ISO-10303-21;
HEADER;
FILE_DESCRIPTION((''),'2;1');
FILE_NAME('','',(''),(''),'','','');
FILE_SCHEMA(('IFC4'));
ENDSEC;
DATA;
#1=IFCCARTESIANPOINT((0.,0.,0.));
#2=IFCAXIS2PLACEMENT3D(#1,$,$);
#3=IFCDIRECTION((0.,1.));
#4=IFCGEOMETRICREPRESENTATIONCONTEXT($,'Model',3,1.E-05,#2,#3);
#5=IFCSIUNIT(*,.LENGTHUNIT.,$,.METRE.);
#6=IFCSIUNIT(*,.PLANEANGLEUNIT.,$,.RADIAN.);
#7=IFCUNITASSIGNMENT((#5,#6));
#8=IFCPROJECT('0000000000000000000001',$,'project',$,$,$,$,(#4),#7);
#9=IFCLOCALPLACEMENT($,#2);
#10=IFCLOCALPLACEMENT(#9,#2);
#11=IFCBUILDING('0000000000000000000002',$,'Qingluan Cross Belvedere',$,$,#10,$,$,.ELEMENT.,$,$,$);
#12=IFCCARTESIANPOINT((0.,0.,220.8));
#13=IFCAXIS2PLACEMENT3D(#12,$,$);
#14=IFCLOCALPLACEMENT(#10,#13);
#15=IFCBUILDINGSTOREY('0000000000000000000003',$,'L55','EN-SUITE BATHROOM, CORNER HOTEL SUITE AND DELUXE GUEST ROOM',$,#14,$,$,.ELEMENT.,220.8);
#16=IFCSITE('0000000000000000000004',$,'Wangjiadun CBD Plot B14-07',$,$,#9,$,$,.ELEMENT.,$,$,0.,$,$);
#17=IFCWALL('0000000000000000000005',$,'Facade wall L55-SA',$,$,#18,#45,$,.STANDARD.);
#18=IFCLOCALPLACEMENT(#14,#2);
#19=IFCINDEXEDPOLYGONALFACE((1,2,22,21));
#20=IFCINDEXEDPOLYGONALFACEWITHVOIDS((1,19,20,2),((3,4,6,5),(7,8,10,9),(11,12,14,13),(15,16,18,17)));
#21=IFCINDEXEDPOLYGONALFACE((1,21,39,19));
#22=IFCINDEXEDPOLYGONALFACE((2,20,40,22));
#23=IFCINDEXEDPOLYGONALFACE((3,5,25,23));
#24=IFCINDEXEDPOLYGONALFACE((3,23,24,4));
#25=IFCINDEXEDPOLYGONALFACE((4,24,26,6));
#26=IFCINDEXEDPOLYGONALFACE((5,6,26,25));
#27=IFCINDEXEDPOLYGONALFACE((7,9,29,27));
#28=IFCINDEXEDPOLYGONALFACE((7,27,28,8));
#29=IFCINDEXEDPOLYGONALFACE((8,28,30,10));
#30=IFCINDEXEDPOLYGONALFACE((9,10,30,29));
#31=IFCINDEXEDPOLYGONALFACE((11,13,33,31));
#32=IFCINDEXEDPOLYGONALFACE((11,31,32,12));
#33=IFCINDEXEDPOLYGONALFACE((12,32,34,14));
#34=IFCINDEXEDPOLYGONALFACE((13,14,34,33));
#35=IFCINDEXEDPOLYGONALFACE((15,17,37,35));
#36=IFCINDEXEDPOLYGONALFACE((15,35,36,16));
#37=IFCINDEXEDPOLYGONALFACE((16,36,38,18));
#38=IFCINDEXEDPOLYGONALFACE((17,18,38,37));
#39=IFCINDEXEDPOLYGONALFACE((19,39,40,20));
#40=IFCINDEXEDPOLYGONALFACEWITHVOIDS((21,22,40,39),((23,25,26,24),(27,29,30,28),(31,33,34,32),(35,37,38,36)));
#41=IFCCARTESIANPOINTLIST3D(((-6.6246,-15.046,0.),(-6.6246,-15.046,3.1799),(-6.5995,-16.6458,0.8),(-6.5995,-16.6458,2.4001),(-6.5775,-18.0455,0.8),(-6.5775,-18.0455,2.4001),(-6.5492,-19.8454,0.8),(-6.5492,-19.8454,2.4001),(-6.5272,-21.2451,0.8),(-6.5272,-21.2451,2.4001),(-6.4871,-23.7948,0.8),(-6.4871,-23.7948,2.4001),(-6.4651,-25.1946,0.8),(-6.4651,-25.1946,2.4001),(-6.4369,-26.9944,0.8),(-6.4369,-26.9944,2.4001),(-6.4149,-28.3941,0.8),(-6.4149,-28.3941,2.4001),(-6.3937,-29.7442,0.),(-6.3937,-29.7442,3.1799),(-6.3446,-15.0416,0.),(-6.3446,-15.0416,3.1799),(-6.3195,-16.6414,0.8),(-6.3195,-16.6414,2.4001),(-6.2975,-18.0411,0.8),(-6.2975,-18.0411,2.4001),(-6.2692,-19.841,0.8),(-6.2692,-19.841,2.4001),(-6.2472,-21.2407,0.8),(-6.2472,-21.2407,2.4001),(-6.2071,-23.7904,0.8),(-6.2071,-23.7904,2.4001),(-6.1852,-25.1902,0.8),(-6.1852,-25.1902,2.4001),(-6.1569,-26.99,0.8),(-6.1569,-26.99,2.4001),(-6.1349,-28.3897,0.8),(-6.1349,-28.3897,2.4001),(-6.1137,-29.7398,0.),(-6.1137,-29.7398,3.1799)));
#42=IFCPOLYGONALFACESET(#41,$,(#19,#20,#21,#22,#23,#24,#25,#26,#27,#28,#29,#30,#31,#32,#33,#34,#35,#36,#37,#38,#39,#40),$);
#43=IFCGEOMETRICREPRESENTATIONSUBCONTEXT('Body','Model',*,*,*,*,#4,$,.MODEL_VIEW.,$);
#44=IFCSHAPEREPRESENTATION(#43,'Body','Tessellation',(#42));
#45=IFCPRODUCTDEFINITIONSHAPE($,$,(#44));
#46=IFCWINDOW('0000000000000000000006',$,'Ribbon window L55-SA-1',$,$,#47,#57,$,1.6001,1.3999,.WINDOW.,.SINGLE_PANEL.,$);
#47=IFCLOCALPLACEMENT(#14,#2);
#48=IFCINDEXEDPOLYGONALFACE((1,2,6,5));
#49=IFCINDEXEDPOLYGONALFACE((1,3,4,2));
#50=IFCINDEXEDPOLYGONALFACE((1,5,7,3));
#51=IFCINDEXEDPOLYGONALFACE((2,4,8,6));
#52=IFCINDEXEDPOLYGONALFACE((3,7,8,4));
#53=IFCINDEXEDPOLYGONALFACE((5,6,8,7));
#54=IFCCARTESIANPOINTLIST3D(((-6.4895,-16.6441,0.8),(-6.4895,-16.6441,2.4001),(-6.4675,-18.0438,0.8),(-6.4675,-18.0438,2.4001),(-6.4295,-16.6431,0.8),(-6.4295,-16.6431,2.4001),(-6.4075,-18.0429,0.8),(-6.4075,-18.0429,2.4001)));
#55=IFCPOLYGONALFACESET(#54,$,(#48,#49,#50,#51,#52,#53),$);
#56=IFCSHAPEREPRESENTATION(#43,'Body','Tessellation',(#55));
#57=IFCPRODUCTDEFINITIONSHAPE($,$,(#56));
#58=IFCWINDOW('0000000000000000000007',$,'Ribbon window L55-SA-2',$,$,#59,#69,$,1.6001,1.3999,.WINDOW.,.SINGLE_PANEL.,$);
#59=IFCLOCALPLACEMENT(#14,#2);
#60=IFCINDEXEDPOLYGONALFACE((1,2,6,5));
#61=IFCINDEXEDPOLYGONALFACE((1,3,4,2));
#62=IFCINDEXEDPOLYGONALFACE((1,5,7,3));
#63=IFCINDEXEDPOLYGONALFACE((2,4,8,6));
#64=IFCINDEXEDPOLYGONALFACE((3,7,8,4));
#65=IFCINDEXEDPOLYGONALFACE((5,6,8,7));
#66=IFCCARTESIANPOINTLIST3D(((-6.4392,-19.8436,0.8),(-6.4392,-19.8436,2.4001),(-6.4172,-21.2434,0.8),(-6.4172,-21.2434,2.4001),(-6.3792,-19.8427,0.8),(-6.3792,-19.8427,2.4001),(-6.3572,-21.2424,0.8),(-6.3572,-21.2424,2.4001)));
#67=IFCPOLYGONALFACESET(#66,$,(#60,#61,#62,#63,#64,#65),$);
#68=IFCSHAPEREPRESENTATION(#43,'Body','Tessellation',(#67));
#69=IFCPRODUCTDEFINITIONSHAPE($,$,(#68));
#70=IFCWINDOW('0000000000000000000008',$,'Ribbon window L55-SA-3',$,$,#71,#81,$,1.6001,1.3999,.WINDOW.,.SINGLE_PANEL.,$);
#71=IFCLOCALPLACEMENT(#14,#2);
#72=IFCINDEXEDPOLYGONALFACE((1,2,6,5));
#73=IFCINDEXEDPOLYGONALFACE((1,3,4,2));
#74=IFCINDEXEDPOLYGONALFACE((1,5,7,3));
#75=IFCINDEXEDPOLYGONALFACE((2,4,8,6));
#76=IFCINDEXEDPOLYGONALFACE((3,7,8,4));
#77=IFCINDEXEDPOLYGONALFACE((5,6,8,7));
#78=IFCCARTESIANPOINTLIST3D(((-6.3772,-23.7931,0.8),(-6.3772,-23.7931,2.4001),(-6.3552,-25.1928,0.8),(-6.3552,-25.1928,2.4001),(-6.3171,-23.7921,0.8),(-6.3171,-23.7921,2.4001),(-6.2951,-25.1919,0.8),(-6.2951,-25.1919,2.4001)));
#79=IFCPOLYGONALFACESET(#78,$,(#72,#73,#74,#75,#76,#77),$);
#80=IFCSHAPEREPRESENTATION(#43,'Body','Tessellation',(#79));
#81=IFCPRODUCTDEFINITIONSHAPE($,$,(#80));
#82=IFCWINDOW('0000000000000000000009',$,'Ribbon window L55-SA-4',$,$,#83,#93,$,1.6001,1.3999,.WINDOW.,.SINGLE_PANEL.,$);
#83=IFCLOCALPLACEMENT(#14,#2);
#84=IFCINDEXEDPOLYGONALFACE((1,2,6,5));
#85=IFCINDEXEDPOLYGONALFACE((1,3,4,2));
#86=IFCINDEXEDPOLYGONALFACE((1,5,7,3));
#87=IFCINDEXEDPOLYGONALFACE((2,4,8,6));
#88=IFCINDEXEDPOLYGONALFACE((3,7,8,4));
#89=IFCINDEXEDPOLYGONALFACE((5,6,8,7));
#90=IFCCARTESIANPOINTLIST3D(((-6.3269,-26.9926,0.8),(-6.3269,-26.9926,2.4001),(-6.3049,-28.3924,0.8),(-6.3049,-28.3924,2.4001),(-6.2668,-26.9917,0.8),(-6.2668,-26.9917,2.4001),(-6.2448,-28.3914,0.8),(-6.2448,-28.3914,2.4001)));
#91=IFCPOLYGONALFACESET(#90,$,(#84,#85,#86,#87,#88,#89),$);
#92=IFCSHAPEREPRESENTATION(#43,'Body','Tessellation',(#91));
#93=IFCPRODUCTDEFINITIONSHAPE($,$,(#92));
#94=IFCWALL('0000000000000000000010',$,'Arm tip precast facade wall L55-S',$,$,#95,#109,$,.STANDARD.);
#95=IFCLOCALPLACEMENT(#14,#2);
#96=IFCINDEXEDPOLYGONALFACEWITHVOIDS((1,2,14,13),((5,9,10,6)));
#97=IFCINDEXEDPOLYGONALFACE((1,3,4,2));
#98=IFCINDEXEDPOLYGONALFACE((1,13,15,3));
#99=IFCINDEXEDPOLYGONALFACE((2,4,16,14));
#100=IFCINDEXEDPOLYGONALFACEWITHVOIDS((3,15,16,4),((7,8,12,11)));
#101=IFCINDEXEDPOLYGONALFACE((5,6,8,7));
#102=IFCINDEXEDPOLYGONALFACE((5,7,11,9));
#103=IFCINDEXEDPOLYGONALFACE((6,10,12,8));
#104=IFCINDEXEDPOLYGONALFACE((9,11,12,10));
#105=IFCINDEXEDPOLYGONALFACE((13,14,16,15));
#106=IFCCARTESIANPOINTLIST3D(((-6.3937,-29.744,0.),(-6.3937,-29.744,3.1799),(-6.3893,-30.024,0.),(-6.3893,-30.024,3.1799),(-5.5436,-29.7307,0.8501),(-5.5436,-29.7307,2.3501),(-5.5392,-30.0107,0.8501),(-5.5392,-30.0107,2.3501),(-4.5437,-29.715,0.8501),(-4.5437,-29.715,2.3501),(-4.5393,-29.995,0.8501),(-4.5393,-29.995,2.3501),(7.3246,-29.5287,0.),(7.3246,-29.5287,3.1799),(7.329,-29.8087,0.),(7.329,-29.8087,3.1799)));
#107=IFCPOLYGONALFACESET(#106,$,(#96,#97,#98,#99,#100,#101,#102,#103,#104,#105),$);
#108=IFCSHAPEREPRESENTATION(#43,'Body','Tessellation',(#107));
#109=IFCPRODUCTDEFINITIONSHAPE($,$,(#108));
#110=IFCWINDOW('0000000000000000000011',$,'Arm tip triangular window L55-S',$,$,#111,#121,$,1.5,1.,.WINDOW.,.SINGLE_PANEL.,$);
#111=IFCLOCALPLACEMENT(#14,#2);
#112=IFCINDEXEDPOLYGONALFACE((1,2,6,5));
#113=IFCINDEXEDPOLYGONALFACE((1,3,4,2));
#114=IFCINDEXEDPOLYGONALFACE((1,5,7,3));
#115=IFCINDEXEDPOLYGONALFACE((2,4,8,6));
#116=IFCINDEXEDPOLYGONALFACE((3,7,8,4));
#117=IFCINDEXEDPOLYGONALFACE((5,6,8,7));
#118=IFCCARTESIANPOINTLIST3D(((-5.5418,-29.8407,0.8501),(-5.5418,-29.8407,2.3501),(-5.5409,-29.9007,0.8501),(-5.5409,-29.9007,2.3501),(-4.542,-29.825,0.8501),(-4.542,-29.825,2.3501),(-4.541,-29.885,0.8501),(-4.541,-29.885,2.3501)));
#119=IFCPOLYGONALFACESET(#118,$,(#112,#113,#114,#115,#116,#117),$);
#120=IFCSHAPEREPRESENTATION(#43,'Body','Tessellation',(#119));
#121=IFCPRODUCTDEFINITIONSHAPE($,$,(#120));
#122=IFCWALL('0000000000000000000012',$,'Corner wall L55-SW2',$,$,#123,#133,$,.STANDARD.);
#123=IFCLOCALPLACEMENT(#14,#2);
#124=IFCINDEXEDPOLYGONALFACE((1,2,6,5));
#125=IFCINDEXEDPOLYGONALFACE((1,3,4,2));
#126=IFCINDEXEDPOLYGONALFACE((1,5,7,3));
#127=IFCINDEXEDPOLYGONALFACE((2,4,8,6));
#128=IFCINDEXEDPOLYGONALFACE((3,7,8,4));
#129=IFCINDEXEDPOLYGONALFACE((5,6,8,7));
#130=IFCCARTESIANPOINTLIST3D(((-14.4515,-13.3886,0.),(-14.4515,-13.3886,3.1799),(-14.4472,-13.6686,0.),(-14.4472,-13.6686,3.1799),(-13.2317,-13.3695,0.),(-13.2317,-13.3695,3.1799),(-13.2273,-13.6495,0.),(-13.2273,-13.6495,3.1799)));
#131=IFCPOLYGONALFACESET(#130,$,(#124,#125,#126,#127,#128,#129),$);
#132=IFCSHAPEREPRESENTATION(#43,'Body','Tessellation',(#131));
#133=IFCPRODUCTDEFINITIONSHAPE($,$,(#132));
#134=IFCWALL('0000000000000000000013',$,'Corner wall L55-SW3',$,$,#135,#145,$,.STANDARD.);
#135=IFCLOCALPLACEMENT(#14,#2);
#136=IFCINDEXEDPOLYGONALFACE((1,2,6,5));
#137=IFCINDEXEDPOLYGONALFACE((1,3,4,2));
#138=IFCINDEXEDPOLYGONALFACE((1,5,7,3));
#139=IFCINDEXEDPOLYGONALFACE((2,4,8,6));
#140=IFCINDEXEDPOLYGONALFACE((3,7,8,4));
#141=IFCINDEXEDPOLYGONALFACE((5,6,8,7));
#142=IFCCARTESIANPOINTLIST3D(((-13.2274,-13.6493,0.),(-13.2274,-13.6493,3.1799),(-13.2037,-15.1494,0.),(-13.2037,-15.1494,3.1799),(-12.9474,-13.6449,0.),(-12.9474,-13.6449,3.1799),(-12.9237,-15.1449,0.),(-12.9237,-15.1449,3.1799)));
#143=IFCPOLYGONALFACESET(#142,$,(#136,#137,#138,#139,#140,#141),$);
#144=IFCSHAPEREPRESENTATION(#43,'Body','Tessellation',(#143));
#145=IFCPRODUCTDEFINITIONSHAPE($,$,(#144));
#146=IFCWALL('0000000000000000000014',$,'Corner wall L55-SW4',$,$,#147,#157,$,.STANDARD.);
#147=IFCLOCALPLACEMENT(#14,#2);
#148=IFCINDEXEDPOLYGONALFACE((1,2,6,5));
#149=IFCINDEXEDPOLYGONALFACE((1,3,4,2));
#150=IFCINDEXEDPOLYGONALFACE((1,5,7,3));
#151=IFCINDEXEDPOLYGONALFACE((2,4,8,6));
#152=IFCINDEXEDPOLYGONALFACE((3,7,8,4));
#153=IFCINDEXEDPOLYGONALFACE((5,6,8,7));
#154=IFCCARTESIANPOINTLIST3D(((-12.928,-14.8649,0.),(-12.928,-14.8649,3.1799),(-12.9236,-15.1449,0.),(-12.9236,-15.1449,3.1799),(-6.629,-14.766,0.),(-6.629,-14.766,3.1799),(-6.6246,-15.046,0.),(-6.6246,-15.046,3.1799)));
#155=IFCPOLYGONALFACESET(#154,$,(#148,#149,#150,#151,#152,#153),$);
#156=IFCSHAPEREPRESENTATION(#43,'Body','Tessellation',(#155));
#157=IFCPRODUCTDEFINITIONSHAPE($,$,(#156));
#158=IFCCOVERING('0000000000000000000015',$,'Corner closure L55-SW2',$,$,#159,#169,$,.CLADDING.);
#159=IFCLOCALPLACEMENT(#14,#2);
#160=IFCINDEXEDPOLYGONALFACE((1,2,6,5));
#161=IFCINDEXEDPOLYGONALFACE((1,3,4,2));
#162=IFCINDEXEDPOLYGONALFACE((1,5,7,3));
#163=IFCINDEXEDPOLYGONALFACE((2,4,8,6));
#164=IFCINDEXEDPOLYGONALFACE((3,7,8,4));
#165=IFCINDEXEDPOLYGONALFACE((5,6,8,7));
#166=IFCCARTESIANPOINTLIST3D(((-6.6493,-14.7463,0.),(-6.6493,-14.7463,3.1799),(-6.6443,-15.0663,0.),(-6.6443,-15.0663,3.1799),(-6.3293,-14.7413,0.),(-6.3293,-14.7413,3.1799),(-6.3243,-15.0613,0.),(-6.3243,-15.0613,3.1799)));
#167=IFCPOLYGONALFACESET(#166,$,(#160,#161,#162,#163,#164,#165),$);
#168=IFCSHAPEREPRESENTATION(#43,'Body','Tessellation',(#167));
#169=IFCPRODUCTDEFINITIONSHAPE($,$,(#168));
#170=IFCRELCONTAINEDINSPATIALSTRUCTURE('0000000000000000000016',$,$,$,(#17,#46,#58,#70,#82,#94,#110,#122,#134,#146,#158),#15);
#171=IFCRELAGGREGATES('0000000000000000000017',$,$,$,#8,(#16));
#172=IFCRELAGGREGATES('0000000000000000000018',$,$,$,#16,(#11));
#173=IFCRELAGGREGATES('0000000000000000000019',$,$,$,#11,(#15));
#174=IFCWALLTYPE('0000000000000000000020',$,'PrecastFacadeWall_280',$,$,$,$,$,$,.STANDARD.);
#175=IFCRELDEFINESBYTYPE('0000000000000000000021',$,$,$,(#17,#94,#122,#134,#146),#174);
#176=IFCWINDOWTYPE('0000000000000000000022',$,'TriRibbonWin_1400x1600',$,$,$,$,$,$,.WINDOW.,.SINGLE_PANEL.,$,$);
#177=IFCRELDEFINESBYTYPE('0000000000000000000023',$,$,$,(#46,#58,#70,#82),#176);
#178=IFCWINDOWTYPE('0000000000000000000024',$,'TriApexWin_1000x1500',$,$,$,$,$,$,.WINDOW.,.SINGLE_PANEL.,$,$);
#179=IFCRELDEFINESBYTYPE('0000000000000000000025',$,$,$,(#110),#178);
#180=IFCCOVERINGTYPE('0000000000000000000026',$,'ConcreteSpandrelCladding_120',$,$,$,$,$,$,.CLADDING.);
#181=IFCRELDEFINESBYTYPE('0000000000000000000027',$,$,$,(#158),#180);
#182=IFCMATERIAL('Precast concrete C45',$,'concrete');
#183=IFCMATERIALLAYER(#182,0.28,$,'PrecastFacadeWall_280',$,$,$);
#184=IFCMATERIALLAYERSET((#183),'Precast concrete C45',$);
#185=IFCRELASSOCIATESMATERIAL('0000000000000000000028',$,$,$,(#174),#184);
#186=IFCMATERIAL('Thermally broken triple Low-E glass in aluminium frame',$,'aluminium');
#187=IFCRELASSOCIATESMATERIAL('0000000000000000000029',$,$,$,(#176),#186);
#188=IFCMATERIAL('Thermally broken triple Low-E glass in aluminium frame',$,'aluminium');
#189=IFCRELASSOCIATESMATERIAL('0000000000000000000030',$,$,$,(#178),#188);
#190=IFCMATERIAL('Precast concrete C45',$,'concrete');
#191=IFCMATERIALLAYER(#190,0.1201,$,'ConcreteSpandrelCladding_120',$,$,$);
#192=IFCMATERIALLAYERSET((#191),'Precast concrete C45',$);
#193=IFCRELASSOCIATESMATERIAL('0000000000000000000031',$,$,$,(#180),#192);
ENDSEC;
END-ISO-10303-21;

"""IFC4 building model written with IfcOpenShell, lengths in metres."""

from ifc_helpers import new_model, si_unit, direction, frame, frame_2d, origin, origin_2d, place, context, subcontext, project, spatial, rectangle, extrude, material, layer, layer_set, type_object, element, fill, save


model = new_model("IFC4")

# Units and contexts
model_context = context("Model", 3, precision=1e-05, world=origin(), true_north=direction((0.0, 1.0)))
body_context = subcontext(model_context, "Body", "Model", "MODEL_VIEW")
ifc_project = project(units=[si_unit("LENGTHUNIT", "METRE"), si_unit("PLANEANGLEUNIT", "RADIAN")], contexts=[model_context])

# Site, building, storey
site_placement = place(None, origin())
site = spatial("IfcSite", under=ifc_project, at=site_placement, Name="Wangjiadun CBD Plot B14-07", CompositionType="ELEMENT", RefElevation=0.0)
building_placement = place(site_placement, origin())
building = spatial("IfcBuilding", under=site, at=building_placement, Name="Qingluan Cross Belvedere", CompositionType="ELEMENT")
storey_placement = place(building_placement, frame((0.0, 0.0, 220.8)))
storey = spatial("IfcBuildingStorey", under=building, at=storey_placement, Name="L55", Description="EN-SUITE BATHROOM, CORNER HOTEL SUITE AND DELUXE GUEST ROOM", CompositionType="ELEMENT", Elevation=220.8)

# Wall, openings, windows
ifc_material_1 = material(Name="Precast concrete C45", Category="concrete")
ifc_layer_1 = layer(ifc_material_1, 0.28, Name="PrecastFacadeWall_280")
ifc_layer_set_1 = layer_set([ifc_layer_1], Name="Precast concrete C45")
wall_type_1 = type_object("IfcWallType", Name="PrecastFacadeWall_280", PredefinedType="STANDARD", material=ifc_layer_set_1)
wall_1_placement = place(storey_placement, frame((-6.4846, -15.0437, 0.0), z_axis=(0.0, 0.0, 1.0), x_axis=(0.015711, -0.999877, 0.0)))
wall_1 = element("IfcWall", 1, at=wall_1_placement, inside=storey, type_object=wall_type_1, Name="Facade wall L55-SA", PredefinedType="STANDARD", context=body_context, shape_type="SweptSolid", body=[
    extrude(rectangle(XDim=14.7, YDim=0.28, at=frame_2d((7.3501, 0.0))), origin(), (0.0, 0.0, 1.0), 3.1799),
])
opening_1_placement = place(wall_1_placement, frame((1.6001, 0.0, 0.8)))
opening_1 = element("IfcOpeningElement", 2, at=opening_1_placement, cuts=wall_1, PredefinedType="OPENING", context=body_context, shape_type="SweptSolid", body=[
    extrude(rectangle(XDim=1.3999, YDim=1.6001, at=frame_2d((0.7, 0.8))), frame((0.0, 0.1499, 0.0), z_axis=(0.0, -1.0, 0.0), x_axis=(1.0, 0.0, 0.0)), (0.0, 0.0, 1.0), 0.3),
])
opening_2_placement = place(wall_1_placement, frame((4.8, 0.0, 0.8)))
opening_2 = element("IfcOpeningElement", 3, at=opening_2_placement, cuts=wall_1, PredefinedType="OPENING", context=body_context, shape_type="SweptSolid", body=[
    extrude(rectangle(XDim=1.3999, YDim=1.6001, at=frame_2d((0.7, 0.8))), frame((0.0, 0.1499, 0.0), z_axis=(0.0, -1.0, 0.0), x_axis=(1.0, 0.0, 0.0)), (0.0, 0.0, 1.0), 0.3),
])
opening_3_placement = place(wall_1_placement, frame((8.75, 0.0, 0.8)))
opening_3 = element("IfcOpeningElement", 4, at=opening_3_placement, cuts=wall_1, PredefinedType="OPENING", context=body_context, shape_type="SweptSolid", body=[
    extrude(rectangle(XDim=1.3999, YDim=1.6001, at=frame_2d((0.7, 0.8))), frame((0.0, 0.1499, 0.0), z_axis=(0.0, -1.0, 0.0), x_axis=(1.0, 0.0, 0.0)), (0.0, 0.0, 1.0), 0.3),
])
opening_4_placement = place(wall_1_placement, frame((11.95, 0.0, 0.8)))
opening_4 = element("IfcOpeningElement", 5, at=opening_4_placement, cuts=wall_1, PredefinedType="OPENING", context=body_context, shape_type="SweptSolid", body=[
    extrude(rectangle(XDim=1.3999, YDim=1.6001, at=frame_2d((0.7, 0.8))), frame((0.0, 0.1499, 0.0), z_axis=(0.0, -1.0, 0.0), x_axis=(1.0, 0.0, 0.0)), (0.0, 0.0, 1.0), 0.3),
])
ifc_material_2 = material(Name="Thermally broken triple Low-E glass in aluminium frame", Category="aluminium")
window_type_1 = type_object("IfcWindowType", Name="TriRibbonWin_1400x1600", PartitioningType="SINGLE_PANEL", PredefinedType="WINDOW", material=ifc_material_2)
window_1_placement = place(opening_1_placement, origin())
window_1 = element("IfcWindow", 6, at=window_1_placement, inside=storey, type_object=window_type_1, Name="Ribbon window L55-SA-1", OverallHeight=1.6001, OverallWidth=1.3999, PartitioningType="SINGLE_PANEL", PredefinedType="WINDOW", context=body_context, shape_type="SweptSolid", body=[
    extrude(rectangle(XDim=1.3999, YDim=1.6001, at=frame_2d((0.7, 0.8))), frame((0.0, 0.03, 0.0), z_axis=(0.0, -1.0, 0.0), x_axis=(1.0, 0.0, 0.0)), (0.0, 0.0, 1.0), 0.0601),
])
fill(opening_1, window_1)
window_2_placement = place(opening_2_placement, origin())
window_2 = element("IfcWindow", 7, at=window_2_placement, inside=storey, type_object=window_type_1, Name="Ribbon window L55-SA-2", OverallHeight=1.6001, OverallWidth=1.3999, PartitioningType="SINGLE_PANEL", PredefinedType="WINDOW", context=body_context, shape_type="SweptSolid", body=[
    extrude(rectangle(XDim=1.3999, YDim=1.6001, at=frame_2d((0.7, 0.8))), frame((0.0, 0.03, 0.0), z_axis=(0.0, -1.0, 0.0), x_axis=(1.0, 0.0, 0.0)), (0.0, 0.0, 1.0), 0.0601),
])
fill(opening_2, window_2)
window_3_placement = place(opening_3_placement, origin())
window_3 = element("IfcWindow", 8, at=window_3_placement, inside=storey, type_object=window_type_1, Name="Ribbon window L55-SA-3", OverallHeight=1.6001, OverallWidth=1.3999, PartitioningType="SINGLE_PANEL", PredefinedType="WINDOW", context=body_context, shape_type="SweptSolid", body=[
    extrude(rectangle(XDim=1.3999, YDim=1.6001, at=frame_2d((0.7, 0.8))), frame((0.0, 0.03, 0.0), z_axis=(0.0, -1.0, 0.0), x_axis=(1.0, 0.0, 0.0)), (0.0, 0.0, 1.0), 0.0601),
])
fill(opening_3, window_3)
window_4_placement = place(opening_4_placement, origin())
window_4 = element("IfcWindow", 9, at=window_4_placement, inside=storey, type_object=window_type_1, Name="Ribbon window L55-SA-4", OverallHeight=1.6001, OverallWidth=1.3999, PartitioningType="SINGLE_PANEL", PredefinedType="WINDOW", context=body_context, shape_type="SweptSolid", body=[
    extrude(rectangle(XDim=1.3999, YDim=1.6001, at=frame_2d((0.7, 0.8))), frame((0.0, 0.03, 0.0), z_axis=(0.0, -1.0, 0.0), x_axis=(1.0, 0.0, 0.0)), (0.0, 0.0, 1.0), 0.0601),
])
fill(opening_4, window_4)

# Wall, opening, window
wall_2_placement = place(storey_placement, frame((-6.3914, -29.884, 0.0), z_axis=(0.0, 0.0, 1.0), x_axis=(0.999877, 0.015695, 0.0)))
wall_2 = element("IfcWall", 10, at=wall_2_placement, inside=storey, type_object=wall_type_1, Name="Arm tip precast facade wall L55-S", PredefinedType="STANDARD", context=body_context, shape_type="SweptSolid", body=[
    extrude(rectangle(XDim=13.72, YDim=0.28, at=frame_2d((6.8599, 0.0))), origin(), (0.0, 0.0, 1.0), 3.1799),
])
opening_5_placement = place(wall_2_placement, frame((0.8501, 0.0, 0.8501)))
opening_5 = element("IfcOpeningElement", 11, at=opening_5_placement, cuts=wall_2, PredefinedType="OPENING", context=body_context, shape_type="SweptSolid", body=[
    extrude(rectangle(XDim=1.0, YDim=1.5, at=frame_2d((0.5, 0.75))), frame((0.0, 0.1499, 0.0), z_axis=(0.0, -1.0, 0.0), x_axis=(1.0, 0.0, 0.0)), (0.0, 0.0, 1.0), 0.3),
])
ifc_material_3 = material(Name="Thermally broken triple Low-E glass in aluminium frame", Category="aluminium")
window_type_2 = type_object("IfcWindowType", Name="TriApexWin_1000x1500", PartitioningType="SINGLE_PANEL", PredefinedType="WINDOW", material=ifc_material_3)
window_5_placement = place(opening_5_placement, origin())
window_5 = element("IfcWindow", 12, at=window_5_placement, inside=storey, type_object=window_type_2, Name="Arm tip triangular window L55-S", OverallHeight=1.5, OverallWidth=1.0, PartitioningType="SINGLE_PANEL", PredefinedType="WINDOW", context=body_context, shape_type="SweptSolid", body=[
    extrude(rectangle(XDim=1.0, YDim=1.5, at=frame_2d((0.5, 0.75))), frame((0.0, 0.03, 0.0), z_axis=(0.0, -1.0, 0.0), x_axis=(1.0, 0.0, 0.0)), (0.0, 0.0, 1.0), 0.0601),
])
fill(opening_5, window_5)

# Walls
wall_3_placement = place(storey_placement, frame((-14.4492, -13.5286, 0.0), z_axis=(0.0, 0.0, 1.0), x_axis=(0.999878, 0.015611, 0.0)))
element("IfcWall", 13, at=wall_3_placement, inside=storey, type_object=wall_type_1, Name="Corner wall L55-SW2", PredefinedType="STANDARD", context=body_context, shape_type="SweptSolid", body=[
    extrude(rectangle(XDim=1.22, YDim=0.28, at=frame_2d((0.6099, 0.0))), origin(), (0.0, 0.0, 1.0), 3.1799),
])
wall_4_placement = place(storey_placement, frame((-13.0874, -13.6472, 0.0), z_axis=(0.0, 0.0, 1.0), x_axis=(0.015786, -0.999875, 0.0)))
element("IfcWall", 14, at=wall_4_placement, inside=storey, type_object=wall_type_1, Name="Corner wall L55-SW3", PredefinedType="STANDARD", context=body_context, shape_type="SweptSolid", body=[
    extrude(rectangle(XDim=1.5002, YDim=0.28, at=frame_2d((0.75, 0.0))), origin(), (0.0, 0.0, 1.0), 3.1799),
])
wall_5_placement = place(storey_placement, frame((-12.9258, -15.0049, 0.0), z_axis=(0.0, 0.0, 1.0), x_axis=(0.999877, 0.015695, 0.0)))
element("IfcWall", 15, at=wall_5_placement, inside=storey, type_object=wall_type_1, Name="Corner wall L55-SW4", PredefinedType="STANDARD", context=body_context, shape_type="SweptSolid", body=[
    extrude(rectangle(XDim=6.2998, YDim=0.28, at=frame_2d((3.1499, 0.0))), origin(), (0.0, 0.0, 1.0), 3.1799),
])

# Covering
ifc_material_4 = material(Name="Precast concrete C45", Category="concrete")
ifc_layer_2 = layer(ifc_material_4, 0.1201, Name="ConcreteSpandrelCladding_120")
ifc_layer_set_2 = layer_set([ifc_layer_2], Name="Precast concrete C45")
covering_type = type_object("IfcCoveringType", Name="ConcreteSpandrelCladding_120", PredefinedType="CLADDING", material=ifc_layer_set_2)
covering_placement = place(storey_placement, frame((-6.4868, -14.9038, 0.0), z_axis=(0.0, 0.0, 1.0), x_axis=(0.999877, 0.015707, 0.0)))
element("IfcCovering", 16, at=covering_placement, inside=storey, type_object=covering_type, Name="Corner closure L55-SW2", PredefinedType="CLADDING", context=body_context, shape_type="SweptSolid", body=[
    extrude(rectangle(XDim=0.3201, YDim=0.3201, at=origin_2d()), origin(), (0.0, 0.0, 1.0), 3.1799),
])

save(model, "model.ifc")
